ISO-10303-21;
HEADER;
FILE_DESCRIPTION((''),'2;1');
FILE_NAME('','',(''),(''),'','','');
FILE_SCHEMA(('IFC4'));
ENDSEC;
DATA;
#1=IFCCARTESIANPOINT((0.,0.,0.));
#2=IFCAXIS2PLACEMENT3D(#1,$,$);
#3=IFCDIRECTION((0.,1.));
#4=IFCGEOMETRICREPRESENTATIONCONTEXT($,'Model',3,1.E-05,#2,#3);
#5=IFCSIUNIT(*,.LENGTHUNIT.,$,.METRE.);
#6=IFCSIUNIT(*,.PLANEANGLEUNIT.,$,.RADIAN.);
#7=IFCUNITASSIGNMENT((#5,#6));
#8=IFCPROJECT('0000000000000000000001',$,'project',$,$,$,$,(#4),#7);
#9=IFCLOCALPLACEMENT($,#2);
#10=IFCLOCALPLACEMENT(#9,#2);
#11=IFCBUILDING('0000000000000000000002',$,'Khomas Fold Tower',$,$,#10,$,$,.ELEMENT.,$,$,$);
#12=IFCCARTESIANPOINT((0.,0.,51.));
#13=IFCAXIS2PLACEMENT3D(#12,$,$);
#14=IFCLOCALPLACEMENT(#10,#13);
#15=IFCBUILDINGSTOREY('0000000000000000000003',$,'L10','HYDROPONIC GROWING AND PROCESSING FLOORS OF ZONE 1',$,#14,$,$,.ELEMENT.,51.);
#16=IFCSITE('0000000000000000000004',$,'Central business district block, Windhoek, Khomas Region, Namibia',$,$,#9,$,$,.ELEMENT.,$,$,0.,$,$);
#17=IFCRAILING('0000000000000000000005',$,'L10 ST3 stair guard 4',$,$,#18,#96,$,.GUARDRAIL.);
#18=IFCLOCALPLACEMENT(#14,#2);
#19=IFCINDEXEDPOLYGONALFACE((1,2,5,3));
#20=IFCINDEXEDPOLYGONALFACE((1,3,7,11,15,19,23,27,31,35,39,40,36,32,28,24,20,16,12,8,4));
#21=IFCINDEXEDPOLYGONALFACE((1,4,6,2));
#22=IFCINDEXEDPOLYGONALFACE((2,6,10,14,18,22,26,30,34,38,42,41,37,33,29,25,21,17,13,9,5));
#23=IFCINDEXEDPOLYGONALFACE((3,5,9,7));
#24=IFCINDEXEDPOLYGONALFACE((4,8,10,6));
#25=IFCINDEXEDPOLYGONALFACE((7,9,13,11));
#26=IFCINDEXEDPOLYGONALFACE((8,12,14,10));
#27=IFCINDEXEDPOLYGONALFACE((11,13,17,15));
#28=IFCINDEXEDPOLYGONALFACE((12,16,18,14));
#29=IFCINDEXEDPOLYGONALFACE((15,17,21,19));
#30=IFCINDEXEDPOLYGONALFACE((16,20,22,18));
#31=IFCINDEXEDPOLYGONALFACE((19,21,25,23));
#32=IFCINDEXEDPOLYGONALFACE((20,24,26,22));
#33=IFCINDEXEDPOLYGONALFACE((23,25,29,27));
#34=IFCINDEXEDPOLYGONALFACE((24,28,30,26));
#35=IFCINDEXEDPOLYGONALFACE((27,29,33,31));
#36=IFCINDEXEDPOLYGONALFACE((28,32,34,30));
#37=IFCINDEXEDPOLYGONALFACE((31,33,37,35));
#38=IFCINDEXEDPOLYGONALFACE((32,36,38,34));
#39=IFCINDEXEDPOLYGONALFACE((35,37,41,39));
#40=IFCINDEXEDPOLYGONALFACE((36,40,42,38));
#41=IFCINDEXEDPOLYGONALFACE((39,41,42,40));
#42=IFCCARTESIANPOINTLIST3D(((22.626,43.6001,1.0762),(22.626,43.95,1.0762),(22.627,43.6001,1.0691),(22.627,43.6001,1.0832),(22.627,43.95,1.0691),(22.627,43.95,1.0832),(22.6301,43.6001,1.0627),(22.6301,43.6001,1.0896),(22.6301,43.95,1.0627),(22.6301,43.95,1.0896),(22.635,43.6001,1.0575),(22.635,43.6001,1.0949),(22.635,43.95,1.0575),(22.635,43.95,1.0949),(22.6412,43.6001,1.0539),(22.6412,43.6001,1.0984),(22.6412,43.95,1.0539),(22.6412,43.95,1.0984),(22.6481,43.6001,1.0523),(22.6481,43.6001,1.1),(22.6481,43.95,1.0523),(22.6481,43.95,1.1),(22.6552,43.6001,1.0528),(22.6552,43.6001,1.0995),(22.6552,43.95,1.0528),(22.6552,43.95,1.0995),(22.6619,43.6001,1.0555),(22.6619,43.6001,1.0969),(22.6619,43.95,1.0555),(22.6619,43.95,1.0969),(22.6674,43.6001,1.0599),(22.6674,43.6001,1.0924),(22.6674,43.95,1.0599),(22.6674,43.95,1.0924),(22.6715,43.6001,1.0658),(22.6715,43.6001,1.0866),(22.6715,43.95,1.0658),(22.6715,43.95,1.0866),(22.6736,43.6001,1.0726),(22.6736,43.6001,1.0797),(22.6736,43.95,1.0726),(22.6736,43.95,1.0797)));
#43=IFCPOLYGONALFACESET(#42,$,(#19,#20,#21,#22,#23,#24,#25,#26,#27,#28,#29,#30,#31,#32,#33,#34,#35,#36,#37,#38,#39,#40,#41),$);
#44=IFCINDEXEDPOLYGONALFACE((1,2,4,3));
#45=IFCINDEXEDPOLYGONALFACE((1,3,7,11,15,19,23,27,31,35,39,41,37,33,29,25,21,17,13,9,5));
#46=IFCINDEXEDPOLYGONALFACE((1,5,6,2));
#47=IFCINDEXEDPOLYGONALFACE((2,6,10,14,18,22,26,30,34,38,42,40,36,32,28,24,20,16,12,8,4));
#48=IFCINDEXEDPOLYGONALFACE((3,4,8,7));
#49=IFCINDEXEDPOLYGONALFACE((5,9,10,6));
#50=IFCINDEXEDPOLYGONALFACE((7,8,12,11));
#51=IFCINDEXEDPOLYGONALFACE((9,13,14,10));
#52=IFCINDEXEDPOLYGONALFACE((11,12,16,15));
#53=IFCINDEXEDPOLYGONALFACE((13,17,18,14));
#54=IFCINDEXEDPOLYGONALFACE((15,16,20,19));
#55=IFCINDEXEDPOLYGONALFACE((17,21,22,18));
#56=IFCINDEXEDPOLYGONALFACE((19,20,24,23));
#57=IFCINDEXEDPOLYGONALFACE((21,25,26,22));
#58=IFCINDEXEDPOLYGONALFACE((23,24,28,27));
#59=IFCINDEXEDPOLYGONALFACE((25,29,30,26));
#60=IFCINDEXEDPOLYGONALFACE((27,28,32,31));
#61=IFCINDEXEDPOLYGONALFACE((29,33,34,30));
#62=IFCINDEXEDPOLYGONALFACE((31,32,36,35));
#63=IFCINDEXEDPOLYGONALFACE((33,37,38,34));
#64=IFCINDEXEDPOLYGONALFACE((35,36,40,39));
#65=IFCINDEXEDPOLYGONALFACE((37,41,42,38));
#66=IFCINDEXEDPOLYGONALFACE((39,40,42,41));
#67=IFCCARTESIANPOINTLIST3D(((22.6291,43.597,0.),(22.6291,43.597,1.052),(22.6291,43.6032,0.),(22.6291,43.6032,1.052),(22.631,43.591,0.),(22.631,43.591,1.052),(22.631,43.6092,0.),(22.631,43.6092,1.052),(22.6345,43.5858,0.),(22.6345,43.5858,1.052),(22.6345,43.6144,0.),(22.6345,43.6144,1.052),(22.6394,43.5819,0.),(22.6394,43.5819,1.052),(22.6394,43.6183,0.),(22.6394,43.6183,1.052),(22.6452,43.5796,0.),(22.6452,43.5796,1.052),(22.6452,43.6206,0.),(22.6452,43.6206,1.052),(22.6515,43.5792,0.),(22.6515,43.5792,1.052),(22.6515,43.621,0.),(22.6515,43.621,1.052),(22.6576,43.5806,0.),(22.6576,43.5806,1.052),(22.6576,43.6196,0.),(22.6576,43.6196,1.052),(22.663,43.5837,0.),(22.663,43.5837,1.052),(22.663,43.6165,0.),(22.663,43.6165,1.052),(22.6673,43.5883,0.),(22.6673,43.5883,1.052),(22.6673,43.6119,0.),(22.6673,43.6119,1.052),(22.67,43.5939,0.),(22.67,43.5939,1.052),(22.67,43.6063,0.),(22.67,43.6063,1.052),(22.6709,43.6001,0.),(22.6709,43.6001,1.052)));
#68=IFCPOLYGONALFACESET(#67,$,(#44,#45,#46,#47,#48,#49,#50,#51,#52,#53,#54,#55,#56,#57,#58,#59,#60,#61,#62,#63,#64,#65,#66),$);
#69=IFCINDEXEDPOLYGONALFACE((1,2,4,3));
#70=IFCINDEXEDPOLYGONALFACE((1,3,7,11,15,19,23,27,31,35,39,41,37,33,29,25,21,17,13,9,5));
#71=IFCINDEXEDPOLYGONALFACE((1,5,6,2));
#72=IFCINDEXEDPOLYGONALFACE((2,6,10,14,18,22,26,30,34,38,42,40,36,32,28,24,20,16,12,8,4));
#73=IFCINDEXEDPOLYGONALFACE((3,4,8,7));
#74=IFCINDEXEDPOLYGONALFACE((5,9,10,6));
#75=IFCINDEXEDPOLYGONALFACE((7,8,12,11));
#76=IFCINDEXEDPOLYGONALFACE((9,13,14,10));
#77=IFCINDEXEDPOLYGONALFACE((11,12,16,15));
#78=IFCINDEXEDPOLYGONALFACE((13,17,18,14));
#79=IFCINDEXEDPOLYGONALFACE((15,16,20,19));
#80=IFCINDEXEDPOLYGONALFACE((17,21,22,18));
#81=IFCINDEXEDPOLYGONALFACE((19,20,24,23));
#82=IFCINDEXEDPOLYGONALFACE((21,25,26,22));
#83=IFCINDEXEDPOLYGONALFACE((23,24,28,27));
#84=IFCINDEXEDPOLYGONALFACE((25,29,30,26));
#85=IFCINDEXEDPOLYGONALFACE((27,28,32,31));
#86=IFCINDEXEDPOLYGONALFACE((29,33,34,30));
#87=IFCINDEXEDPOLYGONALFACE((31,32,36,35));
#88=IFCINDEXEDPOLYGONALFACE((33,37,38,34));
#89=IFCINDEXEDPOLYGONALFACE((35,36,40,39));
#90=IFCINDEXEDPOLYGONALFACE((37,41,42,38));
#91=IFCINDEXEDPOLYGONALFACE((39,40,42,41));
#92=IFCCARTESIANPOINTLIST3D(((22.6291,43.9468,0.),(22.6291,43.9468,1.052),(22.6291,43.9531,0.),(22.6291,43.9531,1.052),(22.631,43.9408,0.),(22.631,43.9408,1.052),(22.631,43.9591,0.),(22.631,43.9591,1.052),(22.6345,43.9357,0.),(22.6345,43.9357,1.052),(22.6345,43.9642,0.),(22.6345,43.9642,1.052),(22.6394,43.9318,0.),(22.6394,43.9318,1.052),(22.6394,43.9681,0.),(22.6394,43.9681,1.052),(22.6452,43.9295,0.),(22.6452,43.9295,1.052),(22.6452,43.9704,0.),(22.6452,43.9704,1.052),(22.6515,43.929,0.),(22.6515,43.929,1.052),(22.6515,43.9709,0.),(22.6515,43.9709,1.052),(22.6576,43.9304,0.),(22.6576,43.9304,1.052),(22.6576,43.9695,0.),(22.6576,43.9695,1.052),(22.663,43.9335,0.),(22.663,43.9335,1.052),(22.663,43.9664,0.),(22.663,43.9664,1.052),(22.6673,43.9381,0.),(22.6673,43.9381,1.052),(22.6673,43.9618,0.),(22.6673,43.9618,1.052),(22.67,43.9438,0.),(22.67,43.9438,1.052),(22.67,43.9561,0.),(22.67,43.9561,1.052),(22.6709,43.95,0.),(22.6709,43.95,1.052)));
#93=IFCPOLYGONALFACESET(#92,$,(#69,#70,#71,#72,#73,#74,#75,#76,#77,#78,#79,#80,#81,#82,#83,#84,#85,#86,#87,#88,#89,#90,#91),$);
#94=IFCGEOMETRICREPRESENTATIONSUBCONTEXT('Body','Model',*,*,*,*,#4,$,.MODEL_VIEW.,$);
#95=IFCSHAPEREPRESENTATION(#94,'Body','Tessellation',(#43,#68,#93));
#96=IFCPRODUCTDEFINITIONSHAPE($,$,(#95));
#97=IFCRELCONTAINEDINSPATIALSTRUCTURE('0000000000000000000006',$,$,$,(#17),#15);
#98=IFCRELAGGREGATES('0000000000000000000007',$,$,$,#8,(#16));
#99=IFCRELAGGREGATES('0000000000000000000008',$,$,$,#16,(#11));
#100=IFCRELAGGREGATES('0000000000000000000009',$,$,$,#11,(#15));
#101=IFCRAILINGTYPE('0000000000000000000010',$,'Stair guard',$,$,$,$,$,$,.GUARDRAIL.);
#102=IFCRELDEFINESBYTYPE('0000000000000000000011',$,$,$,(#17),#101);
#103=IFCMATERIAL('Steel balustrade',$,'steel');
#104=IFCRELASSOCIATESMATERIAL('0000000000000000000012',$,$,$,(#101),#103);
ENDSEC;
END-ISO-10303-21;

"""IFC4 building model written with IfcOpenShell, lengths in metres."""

from ifc_helpers import new_model, si_unit, direction, frame, origin, origin_2d, place, context, subcontext, project, spatial, circle, extrude, source, transform, mapped, material, type_object, element, save


model = new_model("IFC4")

# Units and contexts
model_context = context("Model", 3, precision=1e-05, world=origin(), true_north=direction((0.0, 1.0)))
body_context = subcontext(model_context, "Body", "Model", "MODEL_VIEW")
ifc_project = project(units=[si_unit("LENGTHUNIT", "METRE"), si_unit("PLANEANGLEUNIT", "RADIAN")], contexts=[model_context])

# Site, building, storey
site_placement = place(None, origin())
site = spatial("IfcSite", under=ifc_project, at=site_placement, Name="Central business district block, Windhoek, Khomas Region, Namibia", CompositionType="ELEMENT", RefElevation=0.0)
building_placement = place(site_placement, origin())
building = spatial("IfcBuilding", under=site, at=building_placement, Name="Khomas Fold Tower", CompositionType="ELEMENT")
storey_placement = place(building_placement, frame((0.0, 0.0, 51.0)))
storey = spatial("IfcBuildingStorey", under=building, at=storey_placement, Name="L10", Description="HYDROPONIC GROWING AND PROCESSING FLOORS OF ZONE 1", CompositionType="ELEMENT", Elevation=51.0)

# Railing
ifc_material_1 = material(Name="Steel balustrade", Category="steel")
railing_type_1 = type_object("IfcRailingType", Name="Stair guard", PredefinedType="GUARDRAIL", material=ifc_material_1)
shared_shape_1 = source(origin(), body_context, "Body", "SweptSolid", [
    extrude(circle(Radius=0.0239, at=origin_2d()), frame((0.0, 0.0, 1.0762), z_axis=(0.0, 1.0, 0.0), x_axis=(-1.0, 0.0, 0.0)), (0.0, 0.0, 1.0), 0.3499),
    extrude(circle(Radius=0.021, at=origin_2d()), origin(), (0.0, 0.0, 1.0), 1.052),
    extrude(circle(Radius=0.021, at=origin_2d()), frame((0.0, 0.3499, 0.0)), (0.0, 0.0, 1.0), 1.052),
])
for number, where, name in (
    (1, (22.6499, 43.6001, 0.0), "L10 ST3 stair guard 4"),
):
    element("IfcRailing", number, at=place(storey_placement, frame(where)), inside=storey, type_object=railing_type_1, Name=name, PredefinedType="GUARDRAIL", context=body_context, shape_type="MappedRepresentation", body=[
        mapped(shared_shape_1, transform((0.0, 0.0, 0.0))),
    ])

save(model, "model.ifc")
